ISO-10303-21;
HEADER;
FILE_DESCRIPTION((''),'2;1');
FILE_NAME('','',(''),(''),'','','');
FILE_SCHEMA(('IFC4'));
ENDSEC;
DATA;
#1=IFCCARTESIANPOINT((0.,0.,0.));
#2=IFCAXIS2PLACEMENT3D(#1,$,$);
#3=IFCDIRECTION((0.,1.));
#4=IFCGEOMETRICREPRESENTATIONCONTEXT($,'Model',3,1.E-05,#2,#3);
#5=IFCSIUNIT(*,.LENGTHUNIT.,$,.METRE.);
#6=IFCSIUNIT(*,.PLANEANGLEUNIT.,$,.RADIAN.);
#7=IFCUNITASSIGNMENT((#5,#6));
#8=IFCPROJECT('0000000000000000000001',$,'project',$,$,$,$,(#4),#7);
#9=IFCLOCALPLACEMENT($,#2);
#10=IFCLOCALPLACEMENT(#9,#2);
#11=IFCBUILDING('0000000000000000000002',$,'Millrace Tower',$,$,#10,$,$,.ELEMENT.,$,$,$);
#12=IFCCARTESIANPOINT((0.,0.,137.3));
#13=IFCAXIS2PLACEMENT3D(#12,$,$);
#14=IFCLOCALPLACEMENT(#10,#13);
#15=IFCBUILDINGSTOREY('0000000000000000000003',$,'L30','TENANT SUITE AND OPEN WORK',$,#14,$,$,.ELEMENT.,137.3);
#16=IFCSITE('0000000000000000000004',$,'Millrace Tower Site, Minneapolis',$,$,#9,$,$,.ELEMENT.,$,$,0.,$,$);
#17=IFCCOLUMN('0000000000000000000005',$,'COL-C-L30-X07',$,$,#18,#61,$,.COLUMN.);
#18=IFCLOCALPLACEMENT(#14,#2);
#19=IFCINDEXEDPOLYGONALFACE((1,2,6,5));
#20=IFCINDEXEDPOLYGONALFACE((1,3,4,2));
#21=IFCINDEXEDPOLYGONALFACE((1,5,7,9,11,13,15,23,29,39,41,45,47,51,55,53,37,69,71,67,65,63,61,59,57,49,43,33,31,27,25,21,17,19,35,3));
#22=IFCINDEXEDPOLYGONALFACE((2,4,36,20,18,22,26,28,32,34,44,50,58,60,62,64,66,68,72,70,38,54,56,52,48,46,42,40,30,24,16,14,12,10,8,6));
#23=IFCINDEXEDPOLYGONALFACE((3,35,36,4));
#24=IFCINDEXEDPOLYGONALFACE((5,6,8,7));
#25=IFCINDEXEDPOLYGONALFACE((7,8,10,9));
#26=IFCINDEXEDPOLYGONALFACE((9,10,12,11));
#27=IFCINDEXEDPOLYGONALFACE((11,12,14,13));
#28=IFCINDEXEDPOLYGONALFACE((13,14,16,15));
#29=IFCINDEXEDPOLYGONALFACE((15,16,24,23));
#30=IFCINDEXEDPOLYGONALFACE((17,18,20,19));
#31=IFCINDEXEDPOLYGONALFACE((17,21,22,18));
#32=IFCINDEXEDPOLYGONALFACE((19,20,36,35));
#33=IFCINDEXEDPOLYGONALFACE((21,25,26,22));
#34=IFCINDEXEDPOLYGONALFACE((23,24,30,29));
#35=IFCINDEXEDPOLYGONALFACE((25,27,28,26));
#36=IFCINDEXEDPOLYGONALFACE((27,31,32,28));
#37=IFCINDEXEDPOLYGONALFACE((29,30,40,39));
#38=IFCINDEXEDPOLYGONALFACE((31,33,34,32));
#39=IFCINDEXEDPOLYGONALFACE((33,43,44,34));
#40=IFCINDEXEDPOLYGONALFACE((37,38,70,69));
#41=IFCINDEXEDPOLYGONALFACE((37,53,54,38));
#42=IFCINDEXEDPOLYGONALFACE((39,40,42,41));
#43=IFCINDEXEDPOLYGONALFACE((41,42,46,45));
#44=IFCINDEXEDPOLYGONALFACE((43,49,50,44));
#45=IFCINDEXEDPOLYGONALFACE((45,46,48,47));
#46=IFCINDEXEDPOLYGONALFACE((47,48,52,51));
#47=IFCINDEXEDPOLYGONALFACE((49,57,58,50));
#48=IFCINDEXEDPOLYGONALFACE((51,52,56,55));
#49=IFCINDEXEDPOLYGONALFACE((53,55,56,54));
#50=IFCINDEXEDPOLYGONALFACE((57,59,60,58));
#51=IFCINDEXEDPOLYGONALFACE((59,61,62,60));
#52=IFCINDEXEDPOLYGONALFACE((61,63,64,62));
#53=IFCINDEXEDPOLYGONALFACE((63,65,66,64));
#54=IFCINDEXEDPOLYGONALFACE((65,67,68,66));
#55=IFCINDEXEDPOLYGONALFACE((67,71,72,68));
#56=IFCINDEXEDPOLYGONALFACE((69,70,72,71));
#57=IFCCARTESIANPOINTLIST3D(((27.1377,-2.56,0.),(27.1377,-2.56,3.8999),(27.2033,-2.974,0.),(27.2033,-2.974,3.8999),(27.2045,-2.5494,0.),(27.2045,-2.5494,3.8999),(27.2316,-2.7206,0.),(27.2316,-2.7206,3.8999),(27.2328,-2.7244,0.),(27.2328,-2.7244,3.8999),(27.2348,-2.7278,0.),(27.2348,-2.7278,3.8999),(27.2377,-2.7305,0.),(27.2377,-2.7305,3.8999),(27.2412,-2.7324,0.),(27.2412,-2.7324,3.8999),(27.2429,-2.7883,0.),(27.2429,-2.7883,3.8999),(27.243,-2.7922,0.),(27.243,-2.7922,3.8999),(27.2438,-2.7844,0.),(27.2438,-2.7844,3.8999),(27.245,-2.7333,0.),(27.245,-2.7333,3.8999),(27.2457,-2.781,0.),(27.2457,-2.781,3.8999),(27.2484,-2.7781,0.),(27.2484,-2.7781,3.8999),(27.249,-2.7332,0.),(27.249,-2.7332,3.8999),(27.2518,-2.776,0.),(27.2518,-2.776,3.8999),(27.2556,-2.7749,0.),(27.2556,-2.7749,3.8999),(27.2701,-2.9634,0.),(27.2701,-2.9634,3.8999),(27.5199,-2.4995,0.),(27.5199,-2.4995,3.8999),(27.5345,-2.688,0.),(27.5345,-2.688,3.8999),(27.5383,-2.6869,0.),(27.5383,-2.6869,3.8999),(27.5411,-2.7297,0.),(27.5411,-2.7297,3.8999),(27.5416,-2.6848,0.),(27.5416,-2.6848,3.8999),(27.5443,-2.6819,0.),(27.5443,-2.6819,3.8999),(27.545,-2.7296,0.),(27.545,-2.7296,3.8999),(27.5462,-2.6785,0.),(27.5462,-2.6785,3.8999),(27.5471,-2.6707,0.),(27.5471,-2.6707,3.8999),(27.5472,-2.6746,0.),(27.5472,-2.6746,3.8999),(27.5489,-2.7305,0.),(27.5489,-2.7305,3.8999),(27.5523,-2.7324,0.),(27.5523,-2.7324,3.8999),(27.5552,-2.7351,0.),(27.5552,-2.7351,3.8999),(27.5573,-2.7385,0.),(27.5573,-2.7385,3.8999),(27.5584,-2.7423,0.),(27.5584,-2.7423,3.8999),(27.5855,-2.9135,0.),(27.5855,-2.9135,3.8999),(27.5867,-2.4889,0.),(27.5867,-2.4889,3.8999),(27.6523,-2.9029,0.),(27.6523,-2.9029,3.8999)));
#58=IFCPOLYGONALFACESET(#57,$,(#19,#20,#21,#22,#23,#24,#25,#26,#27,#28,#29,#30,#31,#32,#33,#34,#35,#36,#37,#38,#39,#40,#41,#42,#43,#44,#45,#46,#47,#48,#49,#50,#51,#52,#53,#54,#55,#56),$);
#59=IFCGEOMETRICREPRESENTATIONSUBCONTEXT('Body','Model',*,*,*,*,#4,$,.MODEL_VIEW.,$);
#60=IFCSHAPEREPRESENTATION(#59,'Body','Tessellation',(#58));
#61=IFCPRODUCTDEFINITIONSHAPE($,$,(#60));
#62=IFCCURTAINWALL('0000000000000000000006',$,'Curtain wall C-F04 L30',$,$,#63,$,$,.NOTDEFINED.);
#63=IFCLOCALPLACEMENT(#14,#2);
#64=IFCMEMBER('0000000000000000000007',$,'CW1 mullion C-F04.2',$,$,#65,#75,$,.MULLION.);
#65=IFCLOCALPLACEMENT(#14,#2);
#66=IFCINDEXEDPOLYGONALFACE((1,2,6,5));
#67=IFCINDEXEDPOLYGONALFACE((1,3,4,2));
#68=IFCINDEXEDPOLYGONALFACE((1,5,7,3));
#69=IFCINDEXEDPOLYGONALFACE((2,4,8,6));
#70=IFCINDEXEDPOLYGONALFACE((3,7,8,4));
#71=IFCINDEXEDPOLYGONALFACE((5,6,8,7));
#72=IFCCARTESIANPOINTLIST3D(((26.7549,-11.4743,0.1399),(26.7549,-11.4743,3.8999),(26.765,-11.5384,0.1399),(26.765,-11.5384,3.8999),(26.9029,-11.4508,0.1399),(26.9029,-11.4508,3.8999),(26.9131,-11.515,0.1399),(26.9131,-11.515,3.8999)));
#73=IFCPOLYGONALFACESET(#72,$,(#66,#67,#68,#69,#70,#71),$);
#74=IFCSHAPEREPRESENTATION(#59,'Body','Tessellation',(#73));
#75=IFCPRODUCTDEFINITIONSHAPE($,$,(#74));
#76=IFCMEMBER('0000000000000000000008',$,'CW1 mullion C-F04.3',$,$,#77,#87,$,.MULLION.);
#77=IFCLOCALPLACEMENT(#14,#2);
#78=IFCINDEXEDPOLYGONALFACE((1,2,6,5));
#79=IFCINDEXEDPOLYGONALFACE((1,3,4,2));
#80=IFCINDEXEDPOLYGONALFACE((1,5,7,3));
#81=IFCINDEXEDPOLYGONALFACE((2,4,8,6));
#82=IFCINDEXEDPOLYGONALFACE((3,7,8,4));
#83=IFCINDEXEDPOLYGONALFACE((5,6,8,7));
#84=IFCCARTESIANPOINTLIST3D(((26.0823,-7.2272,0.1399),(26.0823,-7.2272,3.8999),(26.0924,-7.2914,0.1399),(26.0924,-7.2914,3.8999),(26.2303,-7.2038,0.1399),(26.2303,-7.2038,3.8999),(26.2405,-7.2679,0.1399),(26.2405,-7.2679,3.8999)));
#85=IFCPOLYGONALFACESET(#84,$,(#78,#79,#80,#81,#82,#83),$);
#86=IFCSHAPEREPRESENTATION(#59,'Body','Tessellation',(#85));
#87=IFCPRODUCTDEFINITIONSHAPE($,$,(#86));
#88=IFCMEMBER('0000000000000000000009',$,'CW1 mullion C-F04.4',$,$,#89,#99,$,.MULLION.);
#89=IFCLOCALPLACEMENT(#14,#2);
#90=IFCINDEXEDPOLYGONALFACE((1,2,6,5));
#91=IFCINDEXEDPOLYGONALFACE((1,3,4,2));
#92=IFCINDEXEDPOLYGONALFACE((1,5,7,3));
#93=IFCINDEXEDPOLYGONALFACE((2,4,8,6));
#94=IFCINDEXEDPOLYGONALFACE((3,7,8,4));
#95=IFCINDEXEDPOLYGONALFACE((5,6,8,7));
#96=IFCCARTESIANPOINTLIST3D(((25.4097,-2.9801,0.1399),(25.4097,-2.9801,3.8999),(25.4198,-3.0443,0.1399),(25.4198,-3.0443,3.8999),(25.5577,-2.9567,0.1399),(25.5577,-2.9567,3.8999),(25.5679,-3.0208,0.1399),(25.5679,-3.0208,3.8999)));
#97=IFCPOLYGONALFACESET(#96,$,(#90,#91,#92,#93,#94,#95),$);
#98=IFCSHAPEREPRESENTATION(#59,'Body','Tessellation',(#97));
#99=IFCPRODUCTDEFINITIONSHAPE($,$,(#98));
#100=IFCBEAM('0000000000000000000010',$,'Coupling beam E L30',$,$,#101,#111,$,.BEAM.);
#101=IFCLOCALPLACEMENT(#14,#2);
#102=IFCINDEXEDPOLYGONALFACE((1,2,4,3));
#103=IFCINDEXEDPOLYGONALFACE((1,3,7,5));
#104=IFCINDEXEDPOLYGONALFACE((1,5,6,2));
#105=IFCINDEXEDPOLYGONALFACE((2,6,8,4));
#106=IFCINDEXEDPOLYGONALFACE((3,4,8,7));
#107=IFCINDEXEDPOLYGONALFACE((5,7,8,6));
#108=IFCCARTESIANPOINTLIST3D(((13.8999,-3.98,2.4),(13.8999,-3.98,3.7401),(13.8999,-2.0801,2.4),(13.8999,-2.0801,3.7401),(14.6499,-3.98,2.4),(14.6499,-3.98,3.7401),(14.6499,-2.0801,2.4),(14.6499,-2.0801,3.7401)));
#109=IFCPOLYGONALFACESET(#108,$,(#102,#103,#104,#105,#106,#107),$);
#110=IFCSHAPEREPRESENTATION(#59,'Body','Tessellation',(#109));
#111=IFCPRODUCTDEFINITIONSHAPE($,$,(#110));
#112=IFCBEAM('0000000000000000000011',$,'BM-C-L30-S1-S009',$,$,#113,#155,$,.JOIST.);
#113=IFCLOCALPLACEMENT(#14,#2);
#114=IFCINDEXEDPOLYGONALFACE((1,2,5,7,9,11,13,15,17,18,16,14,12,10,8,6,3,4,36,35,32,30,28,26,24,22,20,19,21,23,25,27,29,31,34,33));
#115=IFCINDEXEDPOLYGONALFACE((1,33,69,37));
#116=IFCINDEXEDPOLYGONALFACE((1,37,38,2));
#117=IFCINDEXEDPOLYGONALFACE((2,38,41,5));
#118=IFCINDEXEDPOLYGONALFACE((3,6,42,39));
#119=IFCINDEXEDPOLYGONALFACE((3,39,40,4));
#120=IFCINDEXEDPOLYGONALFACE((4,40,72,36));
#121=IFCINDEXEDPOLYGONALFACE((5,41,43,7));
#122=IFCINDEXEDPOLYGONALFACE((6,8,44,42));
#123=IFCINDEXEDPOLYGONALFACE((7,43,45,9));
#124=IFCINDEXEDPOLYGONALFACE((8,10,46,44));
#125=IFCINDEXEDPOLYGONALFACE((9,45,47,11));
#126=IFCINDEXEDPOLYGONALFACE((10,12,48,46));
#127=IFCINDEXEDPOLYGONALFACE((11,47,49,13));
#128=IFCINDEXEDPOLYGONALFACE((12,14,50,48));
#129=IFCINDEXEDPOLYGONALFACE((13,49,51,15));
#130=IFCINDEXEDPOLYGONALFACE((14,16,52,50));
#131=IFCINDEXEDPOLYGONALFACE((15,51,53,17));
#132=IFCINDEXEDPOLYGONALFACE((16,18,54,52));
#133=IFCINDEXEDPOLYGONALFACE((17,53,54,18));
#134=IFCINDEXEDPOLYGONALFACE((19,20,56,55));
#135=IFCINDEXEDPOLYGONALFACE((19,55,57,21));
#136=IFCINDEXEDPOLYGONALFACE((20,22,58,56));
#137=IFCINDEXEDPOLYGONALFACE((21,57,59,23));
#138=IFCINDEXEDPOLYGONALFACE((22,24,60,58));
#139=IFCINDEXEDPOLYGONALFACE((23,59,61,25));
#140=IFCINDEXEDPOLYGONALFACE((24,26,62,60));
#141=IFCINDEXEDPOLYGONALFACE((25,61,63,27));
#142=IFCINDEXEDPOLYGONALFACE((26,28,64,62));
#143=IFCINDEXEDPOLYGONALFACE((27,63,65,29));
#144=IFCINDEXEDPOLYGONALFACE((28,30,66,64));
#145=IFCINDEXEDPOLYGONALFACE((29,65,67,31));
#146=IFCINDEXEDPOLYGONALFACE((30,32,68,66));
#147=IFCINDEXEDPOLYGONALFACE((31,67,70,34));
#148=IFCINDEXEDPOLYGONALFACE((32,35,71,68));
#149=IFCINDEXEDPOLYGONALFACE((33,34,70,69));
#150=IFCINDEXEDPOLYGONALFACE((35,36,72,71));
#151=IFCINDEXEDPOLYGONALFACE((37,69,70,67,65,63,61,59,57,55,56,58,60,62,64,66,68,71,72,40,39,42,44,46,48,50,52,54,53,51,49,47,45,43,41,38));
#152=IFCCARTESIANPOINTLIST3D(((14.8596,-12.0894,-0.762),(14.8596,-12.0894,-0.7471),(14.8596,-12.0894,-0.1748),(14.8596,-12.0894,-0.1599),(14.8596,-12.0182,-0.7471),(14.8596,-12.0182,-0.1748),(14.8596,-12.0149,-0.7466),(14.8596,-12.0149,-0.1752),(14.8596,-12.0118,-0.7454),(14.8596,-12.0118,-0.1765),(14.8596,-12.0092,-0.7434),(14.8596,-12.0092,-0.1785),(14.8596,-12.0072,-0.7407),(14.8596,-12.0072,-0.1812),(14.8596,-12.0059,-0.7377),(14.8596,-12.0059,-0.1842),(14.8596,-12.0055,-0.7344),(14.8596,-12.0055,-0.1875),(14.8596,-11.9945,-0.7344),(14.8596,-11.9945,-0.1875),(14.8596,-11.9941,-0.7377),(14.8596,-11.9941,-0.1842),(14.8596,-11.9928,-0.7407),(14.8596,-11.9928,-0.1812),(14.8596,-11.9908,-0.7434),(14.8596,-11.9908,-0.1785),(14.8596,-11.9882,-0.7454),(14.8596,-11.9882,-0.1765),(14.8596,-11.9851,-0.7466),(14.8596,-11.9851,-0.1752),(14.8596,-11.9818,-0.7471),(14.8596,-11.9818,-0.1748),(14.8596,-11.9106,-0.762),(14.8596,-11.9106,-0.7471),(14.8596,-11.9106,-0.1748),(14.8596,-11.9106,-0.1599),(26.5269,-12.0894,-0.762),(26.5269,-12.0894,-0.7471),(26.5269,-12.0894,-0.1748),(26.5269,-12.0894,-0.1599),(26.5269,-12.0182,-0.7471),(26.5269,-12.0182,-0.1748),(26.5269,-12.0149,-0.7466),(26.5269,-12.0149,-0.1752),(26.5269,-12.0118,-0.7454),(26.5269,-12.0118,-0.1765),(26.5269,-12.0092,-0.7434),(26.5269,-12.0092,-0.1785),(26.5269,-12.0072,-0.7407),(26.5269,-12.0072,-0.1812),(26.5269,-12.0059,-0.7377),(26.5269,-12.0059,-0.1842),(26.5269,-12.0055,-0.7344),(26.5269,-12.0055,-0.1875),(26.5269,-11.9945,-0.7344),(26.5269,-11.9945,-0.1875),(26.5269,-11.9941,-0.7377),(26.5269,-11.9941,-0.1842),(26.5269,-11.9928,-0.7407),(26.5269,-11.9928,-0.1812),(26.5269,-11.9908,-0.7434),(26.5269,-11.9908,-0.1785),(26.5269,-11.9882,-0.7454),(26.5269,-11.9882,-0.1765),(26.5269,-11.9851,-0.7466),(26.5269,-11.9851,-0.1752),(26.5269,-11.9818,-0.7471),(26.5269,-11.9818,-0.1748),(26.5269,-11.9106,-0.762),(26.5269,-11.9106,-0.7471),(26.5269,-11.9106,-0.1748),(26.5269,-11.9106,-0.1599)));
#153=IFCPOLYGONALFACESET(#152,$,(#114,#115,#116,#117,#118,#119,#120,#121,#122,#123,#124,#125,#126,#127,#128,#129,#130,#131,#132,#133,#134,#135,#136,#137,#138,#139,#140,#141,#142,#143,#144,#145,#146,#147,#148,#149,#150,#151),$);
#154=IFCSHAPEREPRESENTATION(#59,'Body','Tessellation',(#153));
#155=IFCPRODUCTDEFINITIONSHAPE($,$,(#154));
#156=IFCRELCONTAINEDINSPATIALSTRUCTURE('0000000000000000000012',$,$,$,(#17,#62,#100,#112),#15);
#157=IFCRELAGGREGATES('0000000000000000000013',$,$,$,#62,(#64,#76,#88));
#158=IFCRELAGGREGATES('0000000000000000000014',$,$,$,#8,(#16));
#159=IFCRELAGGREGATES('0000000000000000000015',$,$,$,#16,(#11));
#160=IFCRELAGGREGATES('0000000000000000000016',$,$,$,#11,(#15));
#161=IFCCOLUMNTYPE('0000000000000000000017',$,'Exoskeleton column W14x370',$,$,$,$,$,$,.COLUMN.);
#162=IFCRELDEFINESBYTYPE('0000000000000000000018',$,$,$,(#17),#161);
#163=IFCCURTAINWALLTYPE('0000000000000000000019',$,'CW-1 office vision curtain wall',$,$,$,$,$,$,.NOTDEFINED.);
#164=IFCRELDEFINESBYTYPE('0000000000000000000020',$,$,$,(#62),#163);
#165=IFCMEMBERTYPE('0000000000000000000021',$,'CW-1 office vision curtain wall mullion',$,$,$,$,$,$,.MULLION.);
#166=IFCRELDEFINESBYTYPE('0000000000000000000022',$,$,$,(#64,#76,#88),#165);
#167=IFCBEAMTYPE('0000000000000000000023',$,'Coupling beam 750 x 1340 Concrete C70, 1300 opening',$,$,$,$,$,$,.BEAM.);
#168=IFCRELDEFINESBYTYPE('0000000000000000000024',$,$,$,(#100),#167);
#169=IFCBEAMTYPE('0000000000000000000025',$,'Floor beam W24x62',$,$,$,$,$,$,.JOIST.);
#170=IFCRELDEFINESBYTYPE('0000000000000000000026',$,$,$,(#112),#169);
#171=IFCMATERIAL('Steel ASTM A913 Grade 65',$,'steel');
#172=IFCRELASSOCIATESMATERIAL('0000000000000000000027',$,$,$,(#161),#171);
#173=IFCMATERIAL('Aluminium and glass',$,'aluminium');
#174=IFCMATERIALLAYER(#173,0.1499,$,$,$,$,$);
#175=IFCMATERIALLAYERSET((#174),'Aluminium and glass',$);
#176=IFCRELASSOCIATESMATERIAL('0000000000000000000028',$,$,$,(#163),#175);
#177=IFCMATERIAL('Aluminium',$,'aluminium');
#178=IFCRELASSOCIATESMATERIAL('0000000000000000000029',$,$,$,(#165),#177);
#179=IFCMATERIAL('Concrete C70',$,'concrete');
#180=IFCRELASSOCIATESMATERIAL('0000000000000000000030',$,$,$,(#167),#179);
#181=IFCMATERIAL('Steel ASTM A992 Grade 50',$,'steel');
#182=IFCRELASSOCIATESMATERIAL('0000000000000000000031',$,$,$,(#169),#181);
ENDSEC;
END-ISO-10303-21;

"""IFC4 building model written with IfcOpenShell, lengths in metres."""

from ifc_helpers import new_model, si_unit, direction, frame, origin, origin_2d, place, context, subcontext, project, spatial, rectangle, i_section, extrude, material, layer, layer_set, material_profile, profile_set, type_object, element, aggregate, save


model = new_model("IFC4")

# Units and contexts
model_context = context("Model", 3, precision=1e-05, world=origin(), true_north=direction((0.0, 1.0)))
body_context = subcontext(model_context, "Body", "Model", "MODEL_VIEW")
ifc_project = project(units=[si_unit("LENGTHUNIT", "METRE"), si_unit("PLANEANGLEUNIT", "RADIAN")], contexts=[model_context])

# Site, building, storey
site_placement = place(None, origin())
site = spatial("IfcSite", under=ifc_project, at=site_placement, Name="Millrace Tower Site, Minneapolis", CompositionType="ELEMENT", RefElevation=0.0)
building_placement = place(site_placement, origin())
building = spatial("IfcBuilding", under=site, at=building_placement, Name="Millrace Tower", CompositionType="ELEMENT")
storey_placement = place(building_placement, frame((0.0, 0.0, 137.3)))
storey = spatial("IfcBuildingStorey", under=building, at=storey_placement, Name="L30", Description="TENANT SUITE AND OPEN WORK", CompositionType="ELEMENT", Elevation=137.3)

# Column
ifc_material_1 = material(Name="Steel ASTM A913 Grade 65", Category="steel")
ifc_material_profile_1 = material_profile(ifc_material_1, i_section(OverallWidth=0.4192, OverallDepth=0.4546, WebThickness=0.0422, FlangeThickness=0.0676, FilletRadius=0.0151, at=origin_2d()))
ifc_profile_set_1 = profile_set([ifc_material_profile_1], Name="Steel ASTM A913 Grade 65")
column_type = type_object("IfcColumnType", Name="Exoskeleton column W14x370", PredefinedType="COLUMN", material=ifc_profile_set_1)
column_placement = place(storey_placement, frame((27.395, -2.7314, 0.0), z_axis=(0.0, 0.0, 1.0), x_axis=(-0.156434, 0.987688, 0.0)))
element("IfcColumn", 1, at=column_placement, inside=storey, type_object=column_type, Name="COL-C-L30-X07", PredefinedType="COLUMN", context=body_context, shape_type="SweptSolid", body=[
    extrude(i_section(OverallWidth=0.4192, OverallDepth=0.4546, WebThickness=0.0422, FlangeThickness=0.0676, FilletRadius=0.0151, at=origin_2d()), origin(), (0.0, 0.0, 1.0), 3.8999),
])

# Curtain wall, members
ifc_material_2 = material(Name="Aluminium and glass", Category="aluminium")
ifc_layer_1 = layer(ifc_material_2, 0.1499)
ifc_layer_set_1 = layer_set([ifc_layer_1], Name="Aluminium and glass")
curtain_wall_type = type_object("IfcCurtainWallType", Name="CW-1 office vision curtain wall", PredefinedType="NOTDEFINED", material=ifc_layer_set_1)
placement = place(storey_placement, origin())
curtain_wall = element("IfcCurtainWall", 2, at=placement, inside=storey, type_object=curtain_wall_type, Name="Curtain wall C-F04 L30", PredefinedType="NOTDEFINED")
ifc_material_3 = material(Name="Aluminium", Category="aluminium")
ifc_material_profile_2 = material_profile(ifc_material_3, rectangle(XDim=0.0649, YDim=0.1499, at=origin_2d()))
ifc_profile_set_2 = profile_set([ifc_material_profile_2], Name="Aluminium")
member_type = type_object("IfcMemberType", Name="CW-1 office vision curtain wall mullion", PredefinedType="MULLION", material=ifc_profile_set_2)
member_1_placement = place(storey_placement, frame((26.834, -11.4946, 0.1399), z_axis=(0.0, 0.0, 1.0), x_axis=(-0.156434, 0.987688, 0.0)))
member_1 = element("IfcMember", 3, at=member_1_placement, type_object=member_type, Name="CW1 mullion C-F04.2", PredefinedType="MULLION", context=body_context, shape_type="SweptSolid", body=[
    extrude(rectangle(XDim=0.0649, YDim=0.1499, at=origin_2d()), origin(), (0.0, 0.0, 1.0), 3.76),
])
member_2_placement = place(storey_placement, frame((26.1614, -7.2476, 0.1399), z_axis=(0.0, 0.0, 1.0), x_axis=(-0.156434, 0.987688, 0.0)))
member_2 = element("IfcMember", 4, at=member_2_placement, type_object=member_type, Name="CW1 mullion C-F04.3", PredefinedType="MULLION", context=body_context, shape_type="SweptSolid", body=[
    extrude(rectangle(XDim=0.0649, YDim=0.1499, at=origin_2d()), origin(), (0.0, 0.0, 1.0), 3.76),
])
member_3_placement = place(storey_placement, frame((25.4888, -3.0005, 0.1399), z_axis=(0.0, 0.0, 1.0), x_axis=(-0.156434, 0.987688, 0.0)))
member_3 = element("IfcMember", 5, at=member_3_placement, type_object=member_type, Name="CW1 mullion C-F04.4", PredefinedType="MULLION", context=body_context, shape_type="SweptSolid", body=[
    extrude(rectangle(XDim=0.0649, YDim=0.1499, at=origin_2d()), origin(), (0.0, 0.0, 1.0), 3.76),
])
aggregate(curtain_wall, [member_1, member_2, member_3])

# Beams
ifc_material_4 = material(Name="Concrete C70", Category="concrete")
ifc_material_profile_3 = material_profile(ifc_material_4, rectangle(XDim=0.75, YDim=1.3401, at=origin_2d()))
ifc_profile_set_3 = profile_set([ifc_material_profile_3], Name="Concrete C70")
beam_type_1 = type_object("IfcBeamType", Name="Coupling beam 750 x 1340 Concrete C70, 1300 opening", PredefinedType="BEAM", material=ifc_profile_set_3)
beam_1_placement = place(storey_placement, frame((14.2749, -2.0801, 3.0701), z_axis=(0.0, -1.0, 0.0), x_axis=(1.0, 0.0, 0.0)))
element("IfcBeam", 6, at=beam_1_placement, inside=storey, type_object=beam_type_1, Name="Coupling beam E L30", PredefinedType="BEAM", context=body_context, shape_type="SweptSolid", body=[
    extrude(rectangle(XDim=0.75, YDim=1.3401, at=origin_2d()), origin(), (0.0, 0.0, 1.0), 1.8999),
])
ifc_material_5 = material(Name="Steel ASTM A992 Grade 50", Category="steel")
ifc_material_profile_4 = material_profile(ifc_material_5, i_section(OverallWidth=0.1787, OverallDepth=0.6021, WebThickness=0.011, FlangeThickness=0.0149, FilletRadius=0.0127, at=origin_2d()))
ifc_profile_set_4 = profile_set([ifc_material_profile_4], Name="Steel ASTM A992 Grade 50")
beam_type_2 = type_object("IfcBeamType", Name="Floor beam W24x62", PredefinedType="JOIST", material=ifc_profile_set_4)
beam_2_placement = place(storey_placement, frame((14.8596, -12.0, -0.4609), z_axis=(1.0, 0.0, 0.0), x_axis=(0.0, 1.0, 0.0)))
element("IfcBeam", 7, at=beam_2_placement, inside=storey, type_object=beam_type_2, Name="BM-C-L30-S1-S009", PredefinedType="JOIST", context=body_context, shape_type="SweptSolid", body=[
    extrude(i_section(OverallWidth=0.1787, OverallDepth=0.6021, WebThickness=0.011, FlangeThickness=0.0149, FilletRadius=0.0127, at=origin_2d()), origin(), (0.0, 0.0, 1.0), 11.6672),
])

save(model, "model.ifc")
